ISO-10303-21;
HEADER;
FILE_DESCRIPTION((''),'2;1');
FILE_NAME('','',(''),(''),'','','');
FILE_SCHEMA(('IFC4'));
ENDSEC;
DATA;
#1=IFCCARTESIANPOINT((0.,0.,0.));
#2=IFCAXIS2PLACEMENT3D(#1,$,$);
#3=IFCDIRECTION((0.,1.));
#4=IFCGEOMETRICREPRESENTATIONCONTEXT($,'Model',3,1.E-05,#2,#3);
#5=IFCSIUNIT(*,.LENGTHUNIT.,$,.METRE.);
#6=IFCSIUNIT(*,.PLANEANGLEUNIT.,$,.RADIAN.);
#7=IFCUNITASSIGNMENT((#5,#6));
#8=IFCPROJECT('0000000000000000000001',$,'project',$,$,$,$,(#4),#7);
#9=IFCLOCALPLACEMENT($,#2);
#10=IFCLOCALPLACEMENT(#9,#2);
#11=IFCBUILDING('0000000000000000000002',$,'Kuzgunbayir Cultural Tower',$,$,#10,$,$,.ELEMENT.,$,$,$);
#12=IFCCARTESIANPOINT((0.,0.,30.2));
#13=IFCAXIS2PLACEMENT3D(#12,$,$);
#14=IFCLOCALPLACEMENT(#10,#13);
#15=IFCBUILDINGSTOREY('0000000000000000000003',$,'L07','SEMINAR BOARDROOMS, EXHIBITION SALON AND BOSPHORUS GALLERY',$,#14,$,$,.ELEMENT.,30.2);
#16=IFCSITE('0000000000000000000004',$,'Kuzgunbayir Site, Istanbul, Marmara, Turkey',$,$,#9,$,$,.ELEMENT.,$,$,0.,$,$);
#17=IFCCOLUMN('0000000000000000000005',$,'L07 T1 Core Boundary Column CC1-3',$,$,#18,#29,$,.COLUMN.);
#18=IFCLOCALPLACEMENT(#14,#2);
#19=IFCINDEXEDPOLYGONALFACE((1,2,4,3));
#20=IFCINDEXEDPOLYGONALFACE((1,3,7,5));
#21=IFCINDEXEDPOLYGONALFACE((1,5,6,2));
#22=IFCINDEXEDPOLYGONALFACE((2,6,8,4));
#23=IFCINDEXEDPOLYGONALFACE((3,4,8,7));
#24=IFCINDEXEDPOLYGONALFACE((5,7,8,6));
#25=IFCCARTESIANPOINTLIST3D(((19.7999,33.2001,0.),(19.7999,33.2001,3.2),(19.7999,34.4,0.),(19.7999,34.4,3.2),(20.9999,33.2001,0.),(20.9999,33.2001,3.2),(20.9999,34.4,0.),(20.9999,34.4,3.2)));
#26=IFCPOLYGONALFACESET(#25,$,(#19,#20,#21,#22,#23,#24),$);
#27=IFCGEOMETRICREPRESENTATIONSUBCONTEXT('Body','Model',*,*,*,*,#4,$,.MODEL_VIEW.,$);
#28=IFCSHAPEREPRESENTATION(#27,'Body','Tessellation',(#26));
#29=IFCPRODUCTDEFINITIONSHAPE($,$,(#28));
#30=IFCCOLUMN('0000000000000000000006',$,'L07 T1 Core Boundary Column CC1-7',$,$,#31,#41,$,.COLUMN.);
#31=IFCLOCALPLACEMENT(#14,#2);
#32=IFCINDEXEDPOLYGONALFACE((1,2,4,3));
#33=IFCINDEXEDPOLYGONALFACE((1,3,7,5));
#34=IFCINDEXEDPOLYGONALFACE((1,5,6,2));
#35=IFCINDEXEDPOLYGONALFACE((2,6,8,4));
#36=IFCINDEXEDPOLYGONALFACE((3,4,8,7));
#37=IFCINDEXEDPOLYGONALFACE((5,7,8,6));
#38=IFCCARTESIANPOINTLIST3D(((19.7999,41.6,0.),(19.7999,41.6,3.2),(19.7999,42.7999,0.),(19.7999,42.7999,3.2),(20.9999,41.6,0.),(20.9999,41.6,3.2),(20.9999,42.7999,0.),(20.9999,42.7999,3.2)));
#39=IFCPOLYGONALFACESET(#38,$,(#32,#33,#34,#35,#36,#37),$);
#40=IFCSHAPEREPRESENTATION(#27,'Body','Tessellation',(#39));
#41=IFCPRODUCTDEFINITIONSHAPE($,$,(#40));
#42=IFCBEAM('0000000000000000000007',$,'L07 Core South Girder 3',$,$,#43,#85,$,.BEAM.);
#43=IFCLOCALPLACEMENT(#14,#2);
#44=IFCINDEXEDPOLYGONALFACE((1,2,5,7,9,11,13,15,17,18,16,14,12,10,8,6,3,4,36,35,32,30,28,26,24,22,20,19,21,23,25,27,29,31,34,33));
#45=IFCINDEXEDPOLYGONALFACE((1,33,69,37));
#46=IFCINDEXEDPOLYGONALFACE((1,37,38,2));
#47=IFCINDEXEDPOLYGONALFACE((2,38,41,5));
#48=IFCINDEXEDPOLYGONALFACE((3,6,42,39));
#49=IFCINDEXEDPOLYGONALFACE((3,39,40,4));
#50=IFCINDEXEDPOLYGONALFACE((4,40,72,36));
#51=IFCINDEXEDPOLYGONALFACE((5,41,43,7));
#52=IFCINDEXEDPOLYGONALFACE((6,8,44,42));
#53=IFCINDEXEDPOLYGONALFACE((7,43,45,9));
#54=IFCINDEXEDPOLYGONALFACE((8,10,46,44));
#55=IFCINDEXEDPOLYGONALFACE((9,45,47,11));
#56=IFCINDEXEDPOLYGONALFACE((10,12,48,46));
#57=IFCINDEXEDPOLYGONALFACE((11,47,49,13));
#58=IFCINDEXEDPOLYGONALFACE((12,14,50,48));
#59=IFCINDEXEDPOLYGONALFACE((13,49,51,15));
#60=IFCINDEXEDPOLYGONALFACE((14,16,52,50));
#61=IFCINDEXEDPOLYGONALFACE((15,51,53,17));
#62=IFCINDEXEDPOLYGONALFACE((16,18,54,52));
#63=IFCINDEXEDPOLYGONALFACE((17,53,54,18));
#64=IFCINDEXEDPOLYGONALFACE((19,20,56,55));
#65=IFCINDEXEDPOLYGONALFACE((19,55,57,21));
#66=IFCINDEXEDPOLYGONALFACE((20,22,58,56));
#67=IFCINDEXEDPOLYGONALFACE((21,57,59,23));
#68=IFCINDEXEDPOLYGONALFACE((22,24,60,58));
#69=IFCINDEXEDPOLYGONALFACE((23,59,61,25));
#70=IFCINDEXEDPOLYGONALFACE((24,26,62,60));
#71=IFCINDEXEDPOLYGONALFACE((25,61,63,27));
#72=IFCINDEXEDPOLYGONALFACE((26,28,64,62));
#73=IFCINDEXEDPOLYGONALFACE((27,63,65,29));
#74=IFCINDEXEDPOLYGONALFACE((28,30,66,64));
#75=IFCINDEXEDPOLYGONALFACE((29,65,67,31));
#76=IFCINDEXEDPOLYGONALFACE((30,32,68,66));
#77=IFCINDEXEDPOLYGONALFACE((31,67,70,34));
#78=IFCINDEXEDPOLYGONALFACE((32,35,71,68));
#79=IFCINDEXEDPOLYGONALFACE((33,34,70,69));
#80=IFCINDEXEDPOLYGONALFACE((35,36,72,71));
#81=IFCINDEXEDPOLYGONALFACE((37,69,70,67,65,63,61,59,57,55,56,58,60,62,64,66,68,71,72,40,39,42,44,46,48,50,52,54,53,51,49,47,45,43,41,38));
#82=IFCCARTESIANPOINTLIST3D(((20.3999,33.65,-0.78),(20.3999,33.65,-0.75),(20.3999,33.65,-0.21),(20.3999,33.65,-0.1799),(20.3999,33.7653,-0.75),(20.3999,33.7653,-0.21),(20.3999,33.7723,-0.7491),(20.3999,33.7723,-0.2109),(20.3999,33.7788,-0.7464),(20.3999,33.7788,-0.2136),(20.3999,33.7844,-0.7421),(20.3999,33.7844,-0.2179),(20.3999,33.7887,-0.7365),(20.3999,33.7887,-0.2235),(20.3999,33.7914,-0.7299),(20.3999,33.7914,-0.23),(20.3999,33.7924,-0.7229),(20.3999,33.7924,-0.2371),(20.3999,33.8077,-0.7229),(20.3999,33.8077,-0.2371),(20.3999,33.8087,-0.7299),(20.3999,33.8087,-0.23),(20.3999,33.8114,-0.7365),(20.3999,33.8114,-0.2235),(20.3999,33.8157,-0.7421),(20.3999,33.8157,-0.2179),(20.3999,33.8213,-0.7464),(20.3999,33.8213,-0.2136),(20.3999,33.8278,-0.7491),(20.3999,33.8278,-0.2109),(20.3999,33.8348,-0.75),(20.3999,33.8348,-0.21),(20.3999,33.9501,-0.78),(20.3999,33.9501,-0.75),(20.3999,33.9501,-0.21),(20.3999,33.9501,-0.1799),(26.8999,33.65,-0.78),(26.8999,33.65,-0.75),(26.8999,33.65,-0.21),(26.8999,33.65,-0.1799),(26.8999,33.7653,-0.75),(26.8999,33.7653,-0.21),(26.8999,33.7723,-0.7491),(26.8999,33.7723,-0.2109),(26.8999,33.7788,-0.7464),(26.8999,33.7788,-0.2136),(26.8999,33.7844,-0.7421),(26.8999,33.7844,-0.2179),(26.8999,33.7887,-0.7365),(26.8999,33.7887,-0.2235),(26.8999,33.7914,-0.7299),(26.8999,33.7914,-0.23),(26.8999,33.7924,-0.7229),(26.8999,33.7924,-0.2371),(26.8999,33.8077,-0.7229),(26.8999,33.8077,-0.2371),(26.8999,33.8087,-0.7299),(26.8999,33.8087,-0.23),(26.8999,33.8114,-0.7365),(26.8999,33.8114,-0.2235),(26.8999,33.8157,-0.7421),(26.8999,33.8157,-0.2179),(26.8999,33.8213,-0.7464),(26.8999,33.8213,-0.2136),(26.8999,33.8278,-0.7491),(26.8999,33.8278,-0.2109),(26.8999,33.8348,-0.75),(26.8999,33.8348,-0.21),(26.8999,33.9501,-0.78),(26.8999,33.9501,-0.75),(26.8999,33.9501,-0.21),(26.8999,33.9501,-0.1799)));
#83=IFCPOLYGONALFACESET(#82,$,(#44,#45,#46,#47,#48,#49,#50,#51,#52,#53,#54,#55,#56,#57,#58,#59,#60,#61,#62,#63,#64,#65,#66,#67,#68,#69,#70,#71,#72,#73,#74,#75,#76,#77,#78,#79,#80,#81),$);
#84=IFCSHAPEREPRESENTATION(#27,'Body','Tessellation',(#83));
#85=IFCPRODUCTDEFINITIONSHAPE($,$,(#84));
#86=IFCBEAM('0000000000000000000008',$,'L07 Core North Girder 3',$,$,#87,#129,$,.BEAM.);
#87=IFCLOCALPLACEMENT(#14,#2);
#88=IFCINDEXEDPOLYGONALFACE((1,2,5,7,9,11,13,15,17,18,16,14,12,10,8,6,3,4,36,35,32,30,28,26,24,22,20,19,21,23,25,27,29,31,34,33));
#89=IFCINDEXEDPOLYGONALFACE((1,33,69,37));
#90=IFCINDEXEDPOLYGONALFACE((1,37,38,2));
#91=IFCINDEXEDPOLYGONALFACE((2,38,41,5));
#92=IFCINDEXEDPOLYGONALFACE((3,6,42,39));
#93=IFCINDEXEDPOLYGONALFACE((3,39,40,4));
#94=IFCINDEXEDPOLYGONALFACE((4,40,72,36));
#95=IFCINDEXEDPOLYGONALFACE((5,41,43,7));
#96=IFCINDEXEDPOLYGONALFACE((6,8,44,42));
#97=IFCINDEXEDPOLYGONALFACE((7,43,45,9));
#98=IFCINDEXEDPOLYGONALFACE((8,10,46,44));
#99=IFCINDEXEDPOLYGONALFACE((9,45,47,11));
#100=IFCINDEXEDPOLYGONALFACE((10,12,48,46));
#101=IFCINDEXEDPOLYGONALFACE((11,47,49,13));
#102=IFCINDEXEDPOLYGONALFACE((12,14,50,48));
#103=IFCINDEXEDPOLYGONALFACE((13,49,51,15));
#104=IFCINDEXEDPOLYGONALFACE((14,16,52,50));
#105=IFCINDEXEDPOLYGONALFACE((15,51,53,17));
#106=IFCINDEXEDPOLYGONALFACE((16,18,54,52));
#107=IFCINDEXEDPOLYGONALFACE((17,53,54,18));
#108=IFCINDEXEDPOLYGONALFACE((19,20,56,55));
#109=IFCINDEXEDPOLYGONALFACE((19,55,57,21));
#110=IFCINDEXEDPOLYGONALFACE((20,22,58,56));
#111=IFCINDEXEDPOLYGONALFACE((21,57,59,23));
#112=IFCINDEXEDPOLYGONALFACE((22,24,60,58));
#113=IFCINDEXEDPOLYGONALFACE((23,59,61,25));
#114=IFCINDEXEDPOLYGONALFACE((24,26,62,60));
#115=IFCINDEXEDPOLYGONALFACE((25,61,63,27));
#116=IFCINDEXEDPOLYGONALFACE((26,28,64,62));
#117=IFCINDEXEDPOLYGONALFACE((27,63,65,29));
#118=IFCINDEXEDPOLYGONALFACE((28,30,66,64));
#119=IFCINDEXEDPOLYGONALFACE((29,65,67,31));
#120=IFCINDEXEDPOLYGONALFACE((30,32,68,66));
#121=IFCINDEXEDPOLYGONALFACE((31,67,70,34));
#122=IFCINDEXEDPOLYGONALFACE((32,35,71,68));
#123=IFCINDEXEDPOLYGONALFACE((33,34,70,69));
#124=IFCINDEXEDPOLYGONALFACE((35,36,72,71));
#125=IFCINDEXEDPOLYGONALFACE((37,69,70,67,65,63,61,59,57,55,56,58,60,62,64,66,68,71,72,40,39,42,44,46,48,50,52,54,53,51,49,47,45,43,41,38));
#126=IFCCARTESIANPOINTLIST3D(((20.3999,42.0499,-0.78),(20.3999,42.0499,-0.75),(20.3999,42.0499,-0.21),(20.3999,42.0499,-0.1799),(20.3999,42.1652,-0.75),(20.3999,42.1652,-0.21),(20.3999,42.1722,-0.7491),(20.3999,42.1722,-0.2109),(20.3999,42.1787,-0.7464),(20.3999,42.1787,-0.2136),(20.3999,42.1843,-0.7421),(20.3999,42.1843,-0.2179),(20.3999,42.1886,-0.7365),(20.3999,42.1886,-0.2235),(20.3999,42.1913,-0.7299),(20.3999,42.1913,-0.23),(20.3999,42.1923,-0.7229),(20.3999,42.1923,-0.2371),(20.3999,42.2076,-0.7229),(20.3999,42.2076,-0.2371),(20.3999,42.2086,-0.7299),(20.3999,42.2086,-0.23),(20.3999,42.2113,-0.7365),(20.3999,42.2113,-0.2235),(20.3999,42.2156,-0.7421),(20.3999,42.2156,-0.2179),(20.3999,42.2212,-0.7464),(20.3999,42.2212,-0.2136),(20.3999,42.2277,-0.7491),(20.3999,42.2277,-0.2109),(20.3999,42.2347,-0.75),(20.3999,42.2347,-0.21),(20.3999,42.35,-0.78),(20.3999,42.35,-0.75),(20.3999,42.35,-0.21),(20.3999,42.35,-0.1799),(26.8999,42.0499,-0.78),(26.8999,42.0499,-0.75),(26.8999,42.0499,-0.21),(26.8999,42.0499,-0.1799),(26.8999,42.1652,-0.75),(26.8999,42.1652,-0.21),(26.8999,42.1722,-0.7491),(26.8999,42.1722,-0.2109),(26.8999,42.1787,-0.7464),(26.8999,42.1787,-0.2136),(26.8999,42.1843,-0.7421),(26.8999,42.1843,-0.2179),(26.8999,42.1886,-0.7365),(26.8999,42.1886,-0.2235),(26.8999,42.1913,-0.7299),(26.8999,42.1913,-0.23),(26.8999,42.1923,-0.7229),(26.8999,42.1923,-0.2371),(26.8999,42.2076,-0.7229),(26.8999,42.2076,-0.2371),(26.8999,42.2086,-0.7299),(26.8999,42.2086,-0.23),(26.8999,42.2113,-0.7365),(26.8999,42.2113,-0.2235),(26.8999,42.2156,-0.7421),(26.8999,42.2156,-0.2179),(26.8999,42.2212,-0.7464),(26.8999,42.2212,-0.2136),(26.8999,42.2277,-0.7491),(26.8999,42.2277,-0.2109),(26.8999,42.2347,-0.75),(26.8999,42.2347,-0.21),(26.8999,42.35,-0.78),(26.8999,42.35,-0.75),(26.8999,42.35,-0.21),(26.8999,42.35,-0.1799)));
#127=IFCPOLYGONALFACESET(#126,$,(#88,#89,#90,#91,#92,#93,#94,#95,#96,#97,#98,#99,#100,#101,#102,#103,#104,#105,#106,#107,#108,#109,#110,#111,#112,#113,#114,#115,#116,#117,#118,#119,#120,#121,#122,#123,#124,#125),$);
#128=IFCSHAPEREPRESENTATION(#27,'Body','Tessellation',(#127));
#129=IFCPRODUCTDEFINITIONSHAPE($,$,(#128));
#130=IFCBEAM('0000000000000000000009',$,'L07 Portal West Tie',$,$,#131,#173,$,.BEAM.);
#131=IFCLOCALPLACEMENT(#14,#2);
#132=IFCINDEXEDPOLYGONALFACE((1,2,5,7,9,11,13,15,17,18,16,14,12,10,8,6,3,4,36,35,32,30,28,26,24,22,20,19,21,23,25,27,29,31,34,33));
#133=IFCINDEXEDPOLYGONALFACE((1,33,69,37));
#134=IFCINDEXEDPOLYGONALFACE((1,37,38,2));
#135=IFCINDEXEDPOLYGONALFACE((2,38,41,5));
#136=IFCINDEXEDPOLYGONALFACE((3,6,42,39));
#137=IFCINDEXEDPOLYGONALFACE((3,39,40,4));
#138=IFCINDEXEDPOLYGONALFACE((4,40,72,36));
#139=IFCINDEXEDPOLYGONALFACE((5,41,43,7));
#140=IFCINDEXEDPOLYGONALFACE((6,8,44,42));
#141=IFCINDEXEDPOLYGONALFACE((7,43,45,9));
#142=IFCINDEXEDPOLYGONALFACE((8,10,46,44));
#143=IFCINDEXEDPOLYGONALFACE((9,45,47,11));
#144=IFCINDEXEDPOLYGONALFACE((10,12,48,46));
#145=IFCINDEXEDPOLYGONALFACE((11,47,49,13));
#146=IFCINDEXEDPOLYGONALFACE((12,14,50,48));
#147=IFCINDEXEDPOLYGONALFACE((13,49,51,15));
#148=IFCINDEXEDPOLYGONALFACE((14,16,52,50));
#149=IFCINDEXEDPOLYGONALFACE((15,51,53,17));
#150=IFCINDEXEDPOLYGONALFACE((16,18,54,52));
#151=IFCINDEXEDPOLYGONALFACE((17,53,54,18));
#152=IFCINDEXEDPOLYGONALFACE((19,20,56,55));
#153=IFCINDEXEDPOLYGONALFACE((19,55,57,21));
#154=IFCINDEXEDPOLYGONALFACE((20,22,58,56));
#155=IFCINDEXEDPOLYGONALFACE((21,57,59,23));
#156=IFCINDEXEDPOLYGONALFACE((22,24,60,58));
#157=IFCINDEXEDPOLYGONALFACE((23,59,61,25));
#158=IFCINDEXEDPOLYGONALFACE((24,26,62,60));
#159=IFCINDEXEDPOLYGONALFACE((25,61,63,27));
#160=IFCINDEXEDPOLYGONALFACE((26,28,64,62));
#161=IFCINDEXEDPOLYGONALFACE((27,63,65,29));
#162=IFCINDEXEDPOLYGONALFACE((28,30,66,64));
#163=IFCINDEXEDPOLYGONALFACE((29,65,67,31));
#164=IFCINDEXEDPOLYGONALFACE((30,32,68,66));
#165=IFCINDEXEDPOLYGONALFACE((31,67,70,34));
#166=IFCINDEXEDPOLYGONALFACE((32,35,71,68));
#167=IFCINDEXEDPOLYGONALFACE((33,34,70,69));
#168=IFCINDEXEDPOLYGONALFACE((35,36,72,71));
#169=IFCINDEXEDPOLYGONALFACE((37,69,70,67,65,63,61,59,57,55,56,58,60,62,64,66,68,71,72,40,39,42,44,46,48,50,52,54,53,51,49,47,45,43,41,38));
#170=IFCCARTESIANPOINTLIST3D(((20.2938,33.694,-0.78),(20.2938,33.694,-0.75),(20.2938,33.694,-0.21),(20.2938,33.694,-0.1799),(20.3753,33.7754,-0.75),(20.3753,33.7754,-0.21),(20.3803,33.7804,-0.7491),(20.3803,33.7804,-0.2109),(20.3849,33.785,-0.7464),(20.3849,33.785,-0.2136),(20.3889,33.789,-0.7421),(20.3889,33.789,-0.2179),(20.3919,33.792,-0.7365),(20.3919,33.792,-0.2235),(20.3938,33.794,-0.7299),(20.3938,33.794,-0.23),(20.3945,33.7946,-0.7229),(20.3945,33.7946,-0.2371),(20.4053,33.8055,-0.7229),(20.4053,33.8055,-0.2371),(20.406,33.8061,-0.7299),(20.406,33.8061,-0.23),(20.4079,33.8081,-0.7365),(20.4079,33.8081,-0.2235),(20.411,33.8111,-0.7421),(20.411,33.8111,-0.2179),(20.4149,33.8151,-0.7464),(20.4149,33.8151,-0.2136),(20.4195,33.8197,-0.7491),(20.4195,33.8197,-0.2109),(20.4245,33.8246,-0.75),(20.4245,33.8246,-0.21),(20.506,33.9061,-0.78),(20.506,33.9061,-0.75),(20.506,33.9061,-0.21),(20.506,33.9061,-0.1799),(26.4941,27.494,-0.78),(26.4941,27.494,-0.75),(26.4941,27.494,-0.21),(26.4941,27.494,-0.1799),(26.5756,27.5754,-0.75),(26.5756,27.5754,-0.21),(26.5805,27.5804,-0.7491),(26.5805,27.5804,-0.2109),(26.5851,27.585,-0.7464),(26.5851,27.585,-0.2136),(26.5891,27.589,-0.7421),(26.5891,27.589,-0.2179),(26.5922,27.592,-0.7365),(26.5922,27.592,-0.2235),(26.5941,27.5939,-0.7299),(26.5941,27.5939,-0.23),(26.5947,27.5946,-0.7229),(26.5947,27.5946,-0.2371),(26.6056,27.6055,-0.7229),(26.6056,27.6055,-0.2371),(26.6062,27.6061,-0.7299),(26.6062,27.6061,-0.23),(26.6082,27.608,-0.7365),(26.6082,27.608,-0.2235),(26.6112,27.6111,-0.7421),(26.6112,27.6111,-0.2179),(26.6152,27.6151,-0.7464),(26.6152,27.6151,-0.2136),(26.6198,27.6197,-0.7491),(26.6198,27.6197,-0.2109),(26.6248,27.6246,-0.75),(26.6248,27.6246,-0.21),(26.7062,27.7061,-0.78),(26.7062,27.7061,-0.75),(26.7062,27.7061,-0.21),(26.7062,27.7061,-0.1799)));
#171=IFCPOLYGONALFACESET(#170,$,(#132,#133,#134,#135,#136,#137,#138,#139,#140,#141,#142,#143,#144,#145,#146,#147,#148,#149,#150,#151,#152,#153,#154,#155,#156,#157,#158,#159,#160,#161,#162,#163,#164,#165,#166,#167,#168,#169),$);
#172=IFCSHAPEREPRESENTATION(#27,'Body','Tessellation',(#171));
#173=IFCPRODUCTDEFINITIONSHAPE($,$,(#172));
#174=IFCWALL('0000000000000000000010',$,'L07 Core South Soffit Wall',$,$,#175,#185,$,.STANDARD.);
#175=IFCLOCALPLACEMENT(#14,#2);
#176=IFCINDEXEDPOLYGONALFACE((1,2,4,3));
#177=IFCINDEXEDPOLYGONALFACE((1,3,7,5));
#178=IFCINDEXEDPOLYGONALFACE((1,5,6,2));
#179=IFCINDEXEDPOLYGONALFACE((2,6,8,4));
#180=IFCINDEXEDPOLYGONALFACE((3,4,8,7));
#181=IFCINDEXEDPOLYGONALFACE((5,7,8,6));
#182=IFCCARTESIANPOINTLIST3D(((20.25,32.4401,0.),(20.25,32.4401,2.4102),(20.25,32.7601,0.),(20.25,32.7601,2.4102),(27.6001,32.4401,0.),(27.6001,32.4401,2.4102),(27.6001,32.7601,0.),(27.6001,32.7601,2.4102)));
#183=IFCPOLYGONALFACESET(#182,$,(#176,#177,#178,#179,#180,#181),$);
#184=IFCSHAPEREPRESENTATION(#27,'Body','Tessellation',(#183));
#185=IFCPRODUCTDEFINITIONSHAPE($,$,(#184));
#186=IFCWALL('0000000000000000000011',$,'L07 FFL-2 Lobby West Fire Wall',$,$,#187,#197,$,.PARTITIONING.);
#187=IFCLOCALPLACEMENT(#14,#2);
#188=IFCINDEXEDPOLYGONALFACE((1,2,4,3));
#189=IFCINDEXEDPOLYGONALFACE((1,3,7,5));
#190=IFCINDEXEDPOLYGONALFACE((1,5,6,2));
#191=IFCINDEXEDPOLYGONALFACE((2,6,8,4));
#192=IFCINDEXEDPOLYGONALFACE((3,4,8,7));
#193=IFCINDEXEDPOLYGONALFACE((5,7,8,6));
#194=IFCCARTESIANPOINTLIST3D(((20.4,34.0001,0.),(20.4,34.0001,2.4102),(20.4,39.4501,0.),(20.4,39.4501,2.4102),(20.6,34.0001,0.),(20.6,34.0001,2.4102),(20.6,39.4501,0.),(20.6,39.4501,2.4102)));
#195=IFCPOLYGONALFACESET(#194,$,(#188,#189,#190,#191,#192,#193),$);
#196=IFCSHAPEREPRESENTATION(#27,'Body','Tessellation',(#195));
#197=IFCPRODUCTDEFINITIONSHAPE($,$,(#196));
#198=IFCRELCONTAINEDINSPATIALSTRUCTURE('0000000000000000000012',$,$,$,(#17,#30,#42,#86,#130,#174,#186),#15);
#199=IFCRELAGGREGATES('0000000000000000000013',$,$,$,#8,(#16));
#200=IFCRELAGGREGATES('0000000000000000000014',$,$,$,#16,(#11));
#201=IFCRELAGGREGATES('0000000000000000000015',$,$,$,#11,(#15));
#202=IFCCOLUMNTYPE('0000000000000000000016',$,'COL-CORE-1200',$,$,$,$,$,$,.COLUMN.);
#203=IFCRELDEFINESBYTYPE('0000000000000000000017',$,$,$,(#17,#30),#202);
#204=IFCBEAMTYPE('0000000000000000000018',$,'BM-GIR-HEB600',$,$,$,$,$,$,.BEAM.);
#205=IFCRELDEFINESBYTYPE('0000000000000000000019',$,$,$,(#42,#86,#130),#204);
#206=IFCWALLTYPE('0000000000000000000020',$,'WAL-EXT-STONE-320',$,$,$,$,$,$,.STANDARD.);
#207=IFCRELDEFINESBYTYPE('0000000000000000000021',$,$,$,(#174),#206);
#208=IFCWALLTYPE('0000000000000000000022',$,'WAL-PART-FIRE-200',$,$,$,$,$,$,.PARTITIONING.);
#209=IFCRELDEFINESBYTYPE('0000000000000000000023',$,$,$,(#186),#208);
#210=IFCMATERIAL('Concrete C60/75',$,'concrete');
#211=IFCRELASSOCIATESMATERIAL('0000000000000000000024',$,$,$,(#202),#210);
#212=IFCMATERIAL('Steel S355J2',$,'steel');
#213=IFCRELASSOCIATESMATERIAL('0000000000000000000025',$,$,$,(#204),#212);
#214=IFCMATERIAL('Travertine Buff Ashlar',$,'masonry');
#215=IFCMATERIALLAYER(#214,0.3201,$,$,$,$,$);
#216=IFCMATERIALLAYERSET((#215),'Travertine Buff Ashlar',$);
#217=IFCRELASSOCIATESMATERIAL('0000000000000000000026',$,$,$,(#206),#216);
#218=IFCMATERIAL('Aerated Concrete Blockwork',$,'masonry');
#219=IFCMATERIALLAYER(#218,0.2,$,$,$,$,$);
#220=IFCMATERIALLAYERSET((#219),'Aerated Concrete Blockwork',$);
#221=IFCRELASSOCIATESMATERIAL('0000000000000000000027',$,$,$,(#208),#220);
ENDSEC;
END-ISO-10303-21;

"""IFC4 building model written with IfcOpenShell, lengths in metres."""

from ifc_helpers import new_model, si_unit, direction, frame, frame_2d, origin, origin_2d, place, context, subcontext, project, spatial, rectangle, i_section, extrude, material, layer, layer_set, material_profile, profile_set, type_object, element, save


model = new_model("IFC4")

# Units and contexts
model_context = context("Model", 3, precision=1e-05, world=origin(), true_north=direction((0.0, 1.0)))
body_context = subcontext(model_context, "Body", "Model", "MODEL_VIEW")
ifc_project = project(units=[si_unit("LENGTHUNIT", "METRE"), si_unit("PLANEANGLEUNIT", "RADIAN")], contexts=[model_context])

# Site, building, storey
site_placement = place(None, origin())
site = spatial("IfcSite", under=ifc_project, at=site_placement, Name="Kuzgunbayir Site, Istanbul, Marmara, Turkey", CompositionType="ELEMENT", RefElevation=0.0)
building_placement = place(site_placement, origin())
building = spatial("IfcBuilding", under=site, at=building_placement, Name="Kuzgunbayir Cultural Tower", CompositionType="ELEMENT")
storey_placement = place(building_placement, frame((0.0, 0.0, 30.2)))
storey = spatial("IfcBuildingStorey", under=building, at=storey_placement, Name="L07", Description="SEMINAR BOARDROOMS, EXHIBITION SALON AND BOSPHORUS GALLERY", CompositionType="ELEMENT", Elevation=30.2)

# Columns
ifc_material_1 = material(Name="Concrete C60/75", Category="concrete")
ifc_material_profile_1 = material_profile(ifc_material_1, rectangle(XDim=1.2, YDim=1.2, at=origin_2d()), Name="RC 1200x1200")
ifc_profile_set_1 = profile_set([ifc_material_profile_1], Name="Concrete C60/75")
column_type = type_object("IfcColumnType", Name="COL-CORE-1200", PredefinedType="COLUMN", material=ifc_profile_set_1)
for number, where, z_axis, x_axis, name in (
    (1, (20.3999, 33.8, 0.0), (0.0, 0.0, 1.0), (1.0, 0.0, 0.0), "L07 T1 Core Boundary Column CC1-3"),
    (2, (20.3999, 42.2, 0.0), (0.0, 0.0, 1.0), (1.0, 0.0, 0.0), "L07 T1 Core Boundary Column CC1-7"),
):
    element("IfcColumn", number, at=place(storey_placement, frame(where, z_axis=z_axis, x_axis=x_axis)), inside=storey, type_object=column_type, Name=name, PredefinedType="COLUMN", context=body_context, shape_type="SweptSolid", body=[
        extrude(rectangle(XDim=1.2, YDim=1.2, at=origin_2d()), origin(), (0.0, 0.0, 1.0), 3.2),
    ])

# Beams
ifc_material_2 = material(Name="Steel S355J2", Category="steel")
ifc_material_profile_2 = material_profile(ifc_material_2, i_section(OverallWidth=0.3, OverallDepth=0.6001, WebThickness=0.0154, FlangeThickness=0.03, FilletRadius=0.0271, at=origin_2d()), Name="HEB 600")
ifc_profile_set_2 = profile_set([ifc_material_profile_2], Name="Steel S355J2")
beam_type = type_object("IfcBeamType", Name="BM-GIR-HEB600", PredefinedType="BEAM", material=ifc_profile_set_2)
for number, where, z_axis, x_axis, name in (
    (3, (20.3999, 33.8, -0.48), (1.0, 0.0, 0.0), (0.0, 1.0, 0.0), "L07 Core South Girder 3"),
    (4, (20.3999, 42.2, -0.48), (1.0, 0.0, 0.0), (0.0, 1.0, 0.0), "L07 Core North Girder 3"),
):
    element("IfcBeam", number, at=place(storey_placement, frame(where, z_axis=z_axis, x_axis=x_axis)), inside=storey, type_object=beam_type, Name=name, PredefinedType="BEAM", context=body_context, shape_type="SweptSolid", body=[
        extrude(i_section(OverallWidth=0.3, OverallDepth=0.6001, WebThickness=0.0154, FlangeThickness=0.03, FilletRadius=0.0271, at=origin_2d()), origin(), (0.0, 0.0, 1.0), 6.5),
    ])
beam_placement = place(storey_placement, frame((20.3999, 33.8, -0.48), z_axis=(0.707121, -0.707093, 0.0), x_axis=(0.707093, 0.707121, 0.0)))
element("IfcBeam", 5, at=beam_placement, inside=storey, type_object=beam_type, Name="L07 Portal West Tie", PredefinedType="BEAM", context=body_context, shape_type="SweptSolid", body=[
    extrude(i_section(OverallWidth=0.3, OverallDepth=0.6001, WebThickness=0.0154, FlangeThickness=0.03, FilletRadius=0.0271, at=origin_2d()), origin(), (0.0, 0.0, 1.0), 8.7683),
])

# Walls
ifc_material_3 = material(Name="Travertine Buff Ashlar", Category="masonry")
ifc_layer_1 = layer(ifc_material_3, 0.3201)
ifc_layer_set_1 = layer_set([ifc_layer_1], Name="Travertine Buff Ashlar")
wall_type_1 = type_object("IfcWallType", Name="WAL-EXT-STONE-320", PredefinedType="STANDARD", material=ifc_layer_set_1)
wall_1_placement = place(storey_placement, frame((20.25, 32.6001, 0.0), z_axis=(0.0, 0.0, 1.0), x_axis=(1.0, 0.0, 0.0)))
element("IfcWall", 6, at=wall_1_placement, inside=storey, type_object=wall_type_1, Name="L07 Core South Soffit Wall", PredefinedType="STANDARD", context=body_context, shape_type="SweptSolid", body=[
    extrude(rectangle(XDim=7.3501, YDim=0.3201, at=frame_2d((3.675, 0.0))), origin(), (0.0, 0.0, 1.0), 2.4102),
])
ifc_material_4 = material(Name="Aerated Concrete Blockwork", Category="masonry")
ifc_layer_2 = layer(ifc_material_4, 0.2)
ifc_layer_set_2 = layer_set([ifc_layer_2], Name="Aerated Concrete Blockwork")
wall_type_2 = type_object("IfcWallType", Name="WAL-PART-FIRE-200", PredefinedType="PARTITIONING", material=ifc_layer_set_2)
wall_2_placement = place(storey_placement, frame((20.5, 34.0, 0.0), z_axis=(0.0, 0.0, 1.0), x_axis=(0.0, 1.0, 0.0)))
element("IfcWall", 7, at=wall_2_placement, inside=storey, type_object=wall_type_2, Name="L07 FFL-2 Lobby West Fire Wall", PredefinedType="PARTITIONING", context=body_context, shape_type="SweptSolid", body=[
    extrude(rectangle(XDim=5.45, YDim=0.2, at=frame_2d((2.7251, 0.0))), origin(), (0.0, 0.0, 1.0), 2.4102),
])

save(model, "model.ifc")
